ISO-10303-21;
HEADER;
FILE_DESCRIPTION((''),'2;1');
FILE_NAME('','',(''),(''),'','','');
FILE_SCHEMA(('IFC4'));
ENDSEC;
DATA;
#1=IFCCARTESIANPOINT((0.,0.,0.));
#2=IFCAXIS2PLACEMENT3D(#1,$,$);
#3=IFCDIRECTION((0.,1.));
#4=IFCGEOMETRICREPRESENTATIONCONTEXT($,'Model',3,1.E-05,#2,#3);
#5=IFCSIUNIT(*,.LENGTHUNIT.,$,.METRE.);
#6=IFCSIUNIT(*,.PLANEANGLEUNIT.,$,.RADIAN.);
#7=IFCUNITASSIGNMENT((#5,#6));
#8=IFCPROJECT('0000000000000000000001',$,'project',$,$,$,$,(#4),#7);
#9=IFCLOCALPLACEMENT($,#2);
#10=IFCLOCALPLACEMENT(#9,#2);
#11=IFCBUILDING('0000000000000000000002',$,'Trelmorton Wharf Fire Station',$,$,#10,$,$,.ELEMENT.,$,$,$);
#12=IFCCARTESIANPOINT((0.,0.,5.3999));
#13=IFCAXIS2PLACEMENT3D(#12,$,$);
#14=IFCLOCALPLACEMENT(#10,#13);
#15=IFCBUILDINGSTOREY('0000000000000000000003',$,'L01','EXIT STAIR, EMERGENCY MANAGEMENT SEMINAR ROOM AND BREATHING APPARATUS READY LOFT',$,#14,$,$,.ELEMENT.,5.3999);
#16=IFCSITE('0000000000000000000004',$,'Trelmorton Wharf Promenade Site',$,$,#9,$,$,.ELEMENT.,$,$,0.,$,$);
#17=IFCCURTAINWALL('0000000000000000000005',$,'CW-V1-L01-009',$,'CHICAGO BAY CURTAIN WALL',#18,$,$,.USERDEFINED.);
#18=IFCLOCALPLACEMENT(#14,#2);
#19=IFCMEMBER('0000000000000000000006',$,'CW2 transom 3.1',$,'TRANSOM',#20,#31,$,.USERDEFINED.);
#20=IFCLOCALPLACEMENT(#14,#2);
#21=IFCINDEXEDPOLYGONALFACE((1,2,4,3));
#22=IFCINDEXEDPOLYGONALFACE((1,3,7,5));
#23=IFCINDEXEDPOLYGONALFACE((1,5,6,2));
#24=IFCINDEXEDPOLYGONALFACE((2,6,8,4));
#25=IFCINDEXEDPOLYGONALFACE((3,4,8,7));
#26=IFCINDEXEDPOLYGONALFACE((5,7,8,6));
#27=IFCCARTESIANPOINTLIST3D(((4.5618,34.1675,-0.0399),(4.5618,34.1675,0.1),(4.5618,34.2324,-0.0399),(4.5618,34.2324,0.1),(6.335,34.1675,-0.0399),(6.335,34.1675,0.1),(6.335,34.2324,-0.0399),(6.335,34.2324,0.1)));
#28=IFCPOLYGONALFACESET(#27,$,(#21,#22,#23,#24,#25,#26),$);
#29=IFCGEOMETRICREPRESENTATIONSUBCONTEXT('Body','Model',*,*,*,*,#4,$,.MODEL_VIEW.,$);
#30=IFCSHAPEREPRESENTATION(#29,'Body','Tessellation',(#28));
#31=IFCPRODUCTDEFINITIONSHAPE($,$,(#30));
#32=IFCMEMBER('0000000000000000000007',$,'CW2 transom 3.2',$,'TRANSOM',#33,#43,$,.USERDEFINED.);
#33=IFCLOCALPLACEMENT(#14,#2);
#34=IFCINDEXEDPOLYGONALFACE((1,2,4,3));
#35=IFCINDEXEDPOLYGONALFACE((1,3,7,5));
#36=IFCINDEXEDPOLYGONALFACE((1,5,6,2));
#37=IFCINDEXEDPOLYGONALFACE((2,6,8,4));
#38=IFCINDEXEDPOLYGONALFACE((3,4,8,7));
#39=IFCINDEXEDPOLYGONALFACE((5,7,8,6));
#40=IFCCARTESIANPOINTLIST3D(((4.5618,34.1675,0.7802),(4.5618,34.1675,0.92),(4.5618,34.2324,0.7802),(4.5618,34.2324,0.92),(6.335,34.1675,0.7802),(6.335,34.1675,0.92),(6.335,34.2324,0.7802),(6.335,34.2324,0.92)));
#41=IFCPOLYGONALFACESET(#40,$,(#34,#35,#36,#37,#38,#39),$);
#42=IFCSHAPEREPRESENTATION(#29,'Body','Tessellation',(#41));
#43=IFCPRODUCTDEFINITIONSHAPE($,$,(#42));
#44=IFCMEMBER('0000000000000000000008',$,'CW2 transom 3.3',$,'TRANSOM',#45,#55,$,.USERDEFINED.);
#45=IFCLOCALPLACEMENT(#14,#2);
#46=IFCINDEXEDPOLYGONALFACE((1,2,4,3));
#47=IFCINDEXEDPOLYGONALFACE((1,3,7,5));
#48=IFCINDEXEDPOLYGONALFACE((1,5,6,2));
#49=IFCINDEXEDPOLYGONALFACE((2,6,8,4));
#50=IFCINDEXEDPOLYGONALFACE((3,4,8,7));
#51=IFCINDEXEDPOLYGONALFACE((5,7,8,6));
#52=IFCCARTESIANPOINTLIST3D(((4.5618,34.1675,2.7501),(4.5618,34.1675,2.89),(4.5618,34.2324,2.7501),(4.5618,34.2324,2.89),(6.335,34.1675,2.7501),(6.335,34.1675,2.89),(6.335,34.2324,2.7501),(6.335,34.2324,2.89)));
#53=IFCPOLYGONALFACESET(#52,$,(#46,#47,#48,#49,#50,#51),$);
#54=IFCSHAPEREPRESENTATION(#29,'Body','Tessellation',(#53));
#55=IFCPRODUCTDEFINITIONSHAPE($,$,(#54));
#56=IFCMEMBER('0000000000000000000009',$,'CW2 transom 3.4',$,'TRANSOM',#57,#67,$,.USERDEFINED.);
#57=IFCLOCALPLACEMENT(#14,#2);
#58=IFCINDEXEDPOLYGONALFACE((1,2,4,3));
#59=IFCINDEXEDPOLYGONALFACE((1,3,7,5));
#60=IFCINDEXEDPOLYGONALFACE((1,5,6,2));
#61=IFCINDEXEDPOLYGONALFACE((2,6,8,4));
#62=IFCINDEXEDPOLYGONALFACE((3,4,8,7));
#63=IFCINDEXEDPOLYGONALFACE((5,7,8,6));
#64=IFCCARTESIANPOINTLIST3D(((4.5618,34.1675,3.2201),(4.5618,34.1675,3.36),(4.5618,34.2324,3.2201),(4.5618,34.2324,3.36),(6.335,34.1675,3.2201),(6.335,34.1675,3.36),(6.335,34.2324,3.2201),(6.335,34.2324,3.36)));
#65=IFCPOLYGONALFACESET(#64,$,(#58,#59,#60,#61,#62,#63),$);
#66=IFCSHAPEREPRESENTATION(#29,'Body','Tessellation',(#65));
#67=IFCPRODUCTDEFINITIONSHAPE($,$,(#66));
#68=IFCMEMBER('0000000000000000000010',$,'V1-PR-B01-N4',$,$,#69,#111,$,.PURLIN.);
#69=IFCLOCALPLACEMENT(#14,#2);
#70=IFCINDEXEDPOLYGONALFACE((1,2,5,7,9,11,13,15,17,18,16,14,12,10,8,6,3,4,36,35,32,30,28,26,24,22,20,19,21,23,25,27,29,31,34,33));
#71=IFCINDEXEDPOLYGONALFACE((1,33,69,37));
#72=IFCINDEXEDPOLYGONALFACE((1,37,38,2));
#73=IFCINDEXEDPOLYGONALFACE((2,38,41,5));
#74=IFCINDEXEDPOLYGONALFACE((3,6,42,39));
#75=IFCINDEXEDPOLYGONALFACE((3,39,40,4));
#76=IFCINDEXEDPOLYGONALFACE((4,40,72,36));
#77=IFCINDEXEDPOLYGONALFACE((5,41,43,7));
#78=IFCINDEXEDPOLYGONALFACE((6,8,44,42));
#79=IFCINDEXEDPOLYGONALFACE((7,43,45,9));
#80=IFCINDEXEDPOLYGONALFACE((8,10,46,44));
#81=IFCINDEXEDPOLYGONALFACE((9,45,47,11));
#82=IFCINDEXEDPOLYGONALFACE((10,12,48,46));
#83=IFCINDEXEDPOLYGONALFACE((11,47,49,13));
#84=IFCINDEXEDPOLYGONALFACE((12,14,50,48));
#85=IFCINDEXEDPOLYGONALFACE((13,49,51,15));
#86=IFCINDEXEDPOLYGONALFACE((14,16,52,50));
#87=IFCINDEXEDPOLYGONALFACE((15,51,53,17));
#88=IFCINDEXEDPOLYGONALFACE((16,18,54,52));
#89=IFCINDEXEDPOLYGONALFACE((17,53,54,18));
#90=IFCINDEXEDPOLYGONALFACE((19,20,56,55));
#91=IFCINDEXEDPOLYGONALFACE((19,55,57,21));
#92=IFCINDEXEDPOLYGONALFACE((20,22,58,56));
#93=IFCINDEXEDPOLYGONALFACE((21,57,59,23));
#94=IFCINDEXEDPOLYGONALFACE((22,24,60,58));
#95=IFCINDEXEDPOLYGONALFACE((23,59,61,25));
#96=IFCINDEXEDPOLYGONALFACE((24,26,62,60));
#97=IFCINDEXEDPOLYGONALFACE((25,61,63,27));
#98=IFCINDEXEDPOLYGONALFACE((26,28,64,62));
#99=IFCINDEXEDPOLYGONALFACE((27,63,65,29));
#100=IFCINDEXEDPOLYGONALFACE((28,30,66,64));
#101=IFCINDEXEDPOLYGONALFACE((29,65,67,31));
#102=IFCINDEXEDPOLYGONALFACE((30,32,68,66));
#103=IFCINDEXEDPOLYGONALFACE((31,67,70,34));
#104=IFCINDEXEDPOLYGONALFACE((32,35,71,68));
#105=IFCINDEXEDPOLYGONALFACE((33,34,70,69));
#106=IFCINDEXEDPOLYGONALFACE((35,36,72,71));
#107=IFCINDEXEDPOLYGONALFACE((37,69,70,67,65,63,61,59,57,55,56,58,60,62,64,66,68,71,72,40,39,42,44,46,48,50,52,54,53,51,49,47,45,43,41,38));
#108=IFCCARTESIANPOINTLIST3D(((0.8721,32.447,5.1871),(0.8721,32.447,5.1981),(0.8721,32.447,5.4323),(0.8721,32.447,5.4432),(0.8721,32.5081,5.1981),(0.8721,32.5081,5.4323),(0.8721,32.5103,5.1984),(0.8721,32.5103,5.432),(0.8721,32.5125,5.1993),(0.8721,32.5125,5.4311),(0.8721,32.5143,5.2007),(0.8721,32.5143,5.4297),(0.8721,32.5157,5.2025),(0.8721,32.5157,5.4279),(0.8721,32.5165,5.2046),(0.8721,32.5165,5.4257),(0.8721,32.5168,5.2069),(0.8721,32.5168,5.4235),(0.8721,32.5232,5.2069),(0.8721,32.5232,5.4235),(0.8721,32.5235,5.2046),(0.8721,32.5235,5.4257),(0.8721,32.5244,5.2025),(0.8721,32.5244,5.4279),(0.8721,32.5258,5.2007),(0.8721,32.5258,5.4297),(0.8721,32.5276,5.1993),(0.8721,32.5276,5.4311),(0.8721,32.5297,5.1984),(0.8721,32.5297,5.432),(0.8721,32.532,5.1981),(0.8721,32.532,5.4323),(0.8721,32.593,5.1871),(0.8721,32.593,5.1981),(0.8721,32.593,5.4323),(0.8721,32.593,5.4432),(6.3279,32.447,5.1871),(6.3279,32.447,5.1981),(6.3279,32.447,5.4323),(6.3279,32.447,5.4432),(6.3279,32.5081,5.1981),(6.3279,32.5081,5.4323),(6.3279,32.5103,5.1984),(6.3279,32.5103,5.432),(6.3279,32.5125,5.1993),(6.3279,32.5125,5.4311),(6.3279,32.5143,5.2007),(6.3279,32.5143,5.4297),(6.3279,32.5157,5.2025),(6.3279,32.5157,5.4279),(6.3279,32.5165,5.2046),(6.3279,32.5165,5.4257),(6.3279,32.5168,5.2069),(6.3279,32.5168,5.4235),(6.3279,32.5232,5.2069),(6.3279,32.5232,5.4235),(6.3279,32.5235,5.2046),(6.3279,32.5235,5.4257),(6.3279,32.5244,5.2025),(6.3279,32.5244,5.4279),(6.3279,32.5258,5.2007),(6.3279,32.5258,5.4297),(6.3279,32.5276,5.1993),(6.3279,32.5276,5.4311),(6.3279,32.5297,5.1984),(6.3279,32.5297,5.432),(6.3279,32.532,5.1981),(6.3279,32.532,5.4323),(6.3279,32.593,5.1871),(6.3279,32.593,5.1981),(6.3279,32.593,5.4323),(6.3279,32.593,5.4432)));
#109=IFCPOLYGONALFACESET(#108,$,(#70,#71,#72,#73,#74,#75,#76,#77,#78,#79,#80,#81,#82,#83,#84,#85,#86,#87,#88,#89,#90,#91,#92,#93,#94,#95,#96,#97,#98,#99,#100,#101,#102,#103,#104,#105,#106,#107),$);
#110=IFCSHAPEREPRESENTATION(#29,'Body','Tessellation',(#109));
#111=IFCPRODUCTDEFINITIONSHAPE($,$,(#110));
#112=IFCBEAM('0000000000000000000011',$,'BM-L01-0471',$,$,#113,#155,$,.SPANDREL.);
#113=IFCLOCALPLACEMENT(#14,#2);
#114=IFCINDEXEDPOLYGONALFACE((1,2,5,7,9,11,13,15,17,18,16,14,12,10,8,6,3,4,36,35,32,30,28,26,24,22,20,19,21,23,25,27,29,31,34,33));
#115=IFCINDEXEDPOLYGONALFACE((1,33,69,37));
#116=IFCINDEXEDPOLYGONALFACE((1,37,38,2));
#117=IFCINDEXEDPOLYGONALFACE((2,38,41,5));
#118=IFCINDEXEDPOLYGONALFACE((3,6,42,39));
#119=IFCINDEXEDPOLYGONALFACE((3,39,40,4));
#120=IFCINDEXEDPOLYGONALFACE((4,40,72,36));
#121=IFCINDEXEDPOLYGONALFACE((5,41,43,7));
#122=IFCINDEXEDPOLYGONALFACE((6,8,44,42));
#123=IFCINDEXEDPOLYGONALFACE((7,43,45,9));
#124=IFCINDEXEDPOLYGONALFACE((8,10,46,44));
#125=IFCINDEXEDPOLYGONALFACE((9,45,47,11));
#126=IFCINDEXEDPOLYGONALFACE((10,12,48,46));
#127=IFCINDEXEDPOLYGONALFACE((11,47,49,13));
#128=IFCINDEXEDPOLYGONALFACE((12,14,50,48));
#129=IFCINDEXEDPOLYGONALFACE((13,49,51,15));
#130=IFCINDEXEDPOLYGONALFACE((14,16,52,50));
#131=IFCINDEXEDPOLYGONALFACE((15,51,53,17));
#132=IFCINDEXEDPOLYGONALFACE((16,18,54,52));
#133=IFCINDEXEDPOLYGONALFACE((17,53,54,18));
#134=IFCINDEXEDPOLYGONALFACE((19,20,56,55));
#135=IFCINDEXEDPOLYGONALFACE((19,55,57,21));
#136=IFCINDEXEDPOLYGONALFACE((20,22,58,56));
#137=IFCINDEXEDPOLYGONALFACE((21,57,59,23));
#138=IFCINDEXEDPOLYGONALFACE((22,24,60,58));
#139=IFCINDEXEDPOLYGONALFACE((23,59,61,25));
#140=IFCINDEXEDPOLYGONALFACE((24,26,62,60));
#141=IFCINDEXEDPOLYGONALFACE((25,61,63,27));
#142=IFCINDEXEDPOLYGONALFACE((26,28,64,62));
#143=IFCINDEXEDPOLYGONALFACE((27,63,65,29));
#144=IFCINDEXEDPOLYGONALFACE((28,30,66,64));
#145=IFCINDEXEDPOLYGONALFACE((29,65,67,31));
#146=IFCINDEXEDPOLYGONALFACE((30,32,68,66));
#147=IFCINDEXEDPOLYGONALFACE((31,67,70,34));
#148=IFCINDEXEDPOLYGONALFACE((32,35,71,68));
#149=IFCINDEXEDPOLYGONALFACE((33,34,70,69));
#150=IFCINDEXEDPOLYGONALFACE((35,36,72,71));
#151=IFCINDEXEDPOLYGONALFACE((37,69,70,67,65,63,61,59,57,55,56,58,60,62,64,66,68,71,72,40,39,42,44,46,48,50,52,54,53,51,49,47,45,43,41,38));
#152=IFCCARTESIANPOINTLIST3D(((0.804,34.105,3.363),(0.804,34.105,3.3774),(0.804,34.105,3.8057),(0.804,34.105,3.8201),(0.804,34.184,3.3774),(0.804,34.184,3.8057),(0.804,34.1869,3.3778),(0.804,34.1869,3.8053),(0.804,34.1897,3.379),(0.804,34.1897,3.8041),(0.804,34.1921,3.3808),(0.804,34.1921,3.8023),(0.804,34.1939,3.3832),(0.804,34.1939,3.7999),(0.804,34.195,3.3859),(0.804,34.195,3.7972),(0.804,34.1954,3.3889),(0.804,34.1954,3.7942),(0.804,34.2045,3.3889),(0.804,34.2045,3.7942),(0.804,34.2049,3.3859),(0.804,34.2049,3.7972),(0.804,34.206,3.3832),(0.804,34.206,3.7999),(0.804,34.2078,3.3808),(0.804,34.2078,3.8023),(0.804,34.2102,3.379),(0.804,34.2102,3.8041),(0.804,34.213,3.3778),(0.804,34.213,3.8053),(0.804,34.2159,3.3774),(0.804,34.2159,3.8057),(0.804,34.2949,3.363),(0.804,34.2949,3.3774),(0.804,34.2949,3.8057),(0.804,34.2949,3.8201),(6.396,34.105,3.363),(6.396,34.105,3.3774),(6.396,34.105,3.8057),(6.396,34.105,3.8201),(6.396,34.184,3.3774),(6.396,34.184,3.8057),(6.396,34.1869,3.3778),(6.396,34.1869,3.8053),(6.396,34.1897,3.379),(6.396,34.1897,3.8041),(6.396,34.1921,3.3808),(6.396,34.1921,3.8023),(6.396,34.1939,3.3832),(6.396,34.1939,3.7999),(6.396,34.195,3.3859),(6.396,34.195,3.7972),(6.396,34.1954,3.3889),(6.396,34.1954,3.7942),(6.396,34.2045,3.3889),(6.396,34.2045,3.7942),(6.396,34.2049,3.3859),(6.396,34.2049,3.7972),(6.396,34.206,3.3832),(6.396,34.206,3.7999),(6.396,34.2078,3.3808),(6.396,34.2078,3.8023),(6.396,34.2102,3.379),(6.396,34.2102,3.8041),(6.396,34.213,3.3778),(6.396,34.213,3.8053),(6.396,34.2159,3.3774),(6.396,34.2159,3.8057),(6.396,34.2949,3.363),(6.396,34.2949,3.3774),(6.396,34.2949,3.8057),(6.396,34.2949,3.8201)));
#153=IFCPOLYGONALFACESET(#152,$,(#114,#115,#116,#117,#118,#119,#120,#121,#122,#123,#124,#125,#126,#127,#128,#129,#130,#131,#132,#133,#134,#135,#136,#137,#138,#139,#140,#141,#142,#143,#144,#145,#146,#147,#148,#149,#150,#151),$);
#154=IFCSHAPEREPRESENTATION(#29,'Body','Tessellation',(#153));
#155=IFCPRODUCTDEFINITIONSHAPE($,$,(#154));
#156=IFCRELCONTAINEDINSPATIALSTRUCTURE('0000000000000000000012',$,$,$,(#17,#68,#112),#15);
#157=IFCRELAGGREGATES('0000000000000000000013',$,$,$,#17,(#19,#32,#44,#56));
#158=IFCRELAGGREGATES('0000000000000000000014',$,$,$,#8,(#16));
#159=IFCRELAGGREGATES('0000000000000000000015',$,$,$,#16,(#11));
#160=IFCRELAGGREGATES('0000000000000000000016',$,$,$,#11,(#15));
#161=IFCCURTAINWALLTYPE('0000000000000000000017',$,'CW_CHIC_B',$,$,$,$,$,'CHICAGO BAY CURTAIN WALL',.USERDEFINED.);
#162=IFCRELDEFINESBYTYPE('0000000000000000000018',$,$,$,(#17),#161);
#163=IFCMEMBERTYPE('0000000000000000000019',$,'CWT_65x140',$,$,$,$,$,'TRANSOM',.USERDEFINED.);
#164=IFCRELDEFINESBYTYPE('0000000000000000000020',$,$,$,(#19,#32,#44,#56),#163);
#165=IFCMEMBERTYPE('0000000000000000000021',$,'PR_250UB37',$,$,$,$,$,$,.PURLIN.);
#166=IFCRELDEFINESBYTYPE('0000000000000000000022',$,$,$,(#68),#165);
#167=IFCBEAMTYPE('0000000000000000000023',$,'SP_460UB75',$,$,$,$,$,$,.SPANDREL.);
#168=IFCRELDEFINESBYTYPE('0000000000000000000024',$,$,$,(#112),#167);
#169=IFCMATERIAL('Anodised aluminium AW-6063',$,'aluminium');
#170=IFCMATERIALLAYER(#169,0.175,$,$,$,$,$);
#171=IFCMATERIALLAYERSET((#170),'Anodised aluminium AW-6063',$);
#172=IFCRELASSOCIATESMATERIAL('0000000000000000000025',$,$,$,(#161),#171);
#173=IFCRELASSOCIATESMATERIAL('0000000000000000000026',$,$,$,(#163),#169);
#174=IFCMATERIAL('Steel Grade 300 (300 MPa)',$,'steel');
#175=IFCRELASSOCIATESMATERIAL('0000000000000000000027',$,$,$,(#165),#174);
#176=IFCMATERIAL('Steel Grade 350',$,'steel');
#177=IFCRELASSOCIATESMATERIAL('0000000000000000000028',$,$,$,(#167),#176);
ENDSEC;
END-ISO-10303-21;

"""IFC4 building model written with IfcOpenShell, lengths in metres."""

from ifc_helpers import new_model, si_unit, direction, frame, origin, origin_2d, place, context, subcontext, project, spatial, rectangle, i_section, extrude, material, layer, layer_set, material_profile, profile_set, type_object, element, aggregate, save


model = new_model("IFC4")

# Units and contexts
model_context = context("Model", 3, precision=1e-05, world=origin(), true_north=direction((0.0, 1.0)))
body_context = subcontext(model_context, "Body", "Model", "MODEL_VIEW")
ifc_project = project(units=[si_unit("LENGTHUNIT", "METRE"), si_unit("PLANEANGLEUNIT", "RADIAN")], contexts=[model_context])

# Site, building, storey
site_placement = place(None, origin())
site = spatial("IfcSite", under=ifc_project, at=site_placement, Name="Trelmorton Wharf Promenade Site", CompositionType="ELEMENT", RefElevation=0.0)
building_placement = place(site_placement, origin())
building = spatial("IfcBuilding", under=site, at=building_placement, Name="Trelmorton Wharf Fire Station", CompositionType="ELEMENT")
storey_placement = place(building_placement, frame((0.0, 0.0, 5.3999)))
storey = spatial("IfcBuildingStorey", under=building, at=storey_placement, Name="L01", Description="EXIT STAIR, EMERGENCY MANAGEMENT SEMINAR ROOM AND BREATHING APPARATUS READY LOFT", CompositionType="ELEMENT", Elevation=5.3999)

# Shared definitions
ifc_material_1 = material(Name="Steel Grade 350", Category="steel")

# Curtain wall, members
ifc_material_2 = material(Name="Anodised aluminium AW-6063", Category="aluminium")
ifc_layer_1 = layer(ifc_material_2, 0.175)
ifc_layer_set_1 = layer_set([ifc_layer_1], Name="Anodised aluminium AW-6063")
curtain_wall_type = type_object("IfcCurtainWallType", Name="CW_CHIC_B", ElementType="CHICAGO BAY CURTAIN WALL", PredefinedType="USERDEFINED", material=ifc_layer_set_1)
curtain_wall_placement = place(storey_placement, origin())
curtain_wall = element("IfcCurtainWall", 1, at=curtain_wall_placement, inside=storey, type_object=curtain_wall_type, Name="CW-V1-L01-009", ObjectType="CHICAGO BAY CURTAIN WALL", PredefinedType="USERDEFINED")
ifc_material_profile_1 = material_profile(ifc_material_2, rectangle(XDim=0.0649, YDim=0.1399, at=origin_2d()), Name="ALU-65x140")
ifc_profile_set_1 = profile_set([ifc_material_profile_1], Name="Anodised aluminium AW-6063")
member_type_1 = type_object("IfcMemberType", Name="CWT_65x140", ElementType="TRANSOM", PredefinedType="USERDEFINED", material=ifc_profile_set_1)
member_1_placement = place(storey_placement, frame((4.5618, 34.2, 0.03), z_axis=(1.0, 0.0, 0.0), x_axis=(0.0, 1.0, 0.0)))
member_1 = element("IfcMember", 2, at=member_1_placement, type_object=member_type_1, Name="CW2 transom 3.1", ObjectType="TRANSOM", PredefinedType="USERDEFINED", context=body_context, shape_type="SweptSolid", body=[
    extrude(rectangle(XDim=0.0649, YDim=0.1399, at=origin_2d()), origin(), (0.0, 0.0, 1.0), 1.7732),
])
member_2_placement = place(storey_placement, frame((4.5618, 34.2, 0.8501), z_axis=(1.0, 0.0, 0.0), x_axis=(0.0, 1.0, 0.0)))
member_2 = element("IfcMember", 3, at=member_2_placement, type_object=member_type_1, Name="CW2 transom 3.2", ObjectType="TRANSOM", PredefinedType="USERDEFINED", context=body_context, shape_type="SweptSolid", body=[
    extrude(rectangle(XDim=0.0649, YDim=0.1399, at=origin_2d()), origin(), (0.0, 0.0, 1.0), 1.7732),
])
member_3_placement = place(storey_placement, frame((4.5618, 34.2, 2.8201), z_axis=(1.0, 0.0, 0.0), x_axis=(0.0, 1.0, 0.0)))
member_3 = element("IfcMember", 4, at=member_3_placement, type_object=member_type_1, Name="CW2 transom 3.3", ObjectType="TRANSOM", PredefinedType="USERDEFINED", context=body_context, shape_type="SweptSolid", body=[
    extrude(rectangle(XDim=0.0649, YDim=0.1399, at=origin_2d()), origin(), (0.0, 0.0, 1.0), 1.7732),
])
member_4_placement = place(storey_placement, frame((4.5618, 34.2, 3.29), z_axis=(1.0, 0.0, 0.0), x_axis=(0.0, 1.0, 0.0)))
member_4 = element("IfcMember", 5, at=member_4_placement, type_object=member_type_1, Name="CW2 transom 3.4", ObjectType="TRANSOM", PredefinedType="USERDEFINED", context=body_context, shape_type="SweptSolid", body=[
    extrude(rectangle(XDim=0.0649, YDim=0.1399, at=origin_2d()), origin(), (0.0, 0.0, 1.0), 1.7732),
])

# Member
ifc_material_3 = material(Name="Steel Grade 300 (300 MPa)", Category="steel")
ifc_material_profile_2 = material_profile(ifc_material_3, i_section(OverallWidth=0.146, OverallDepth=0.2561, WebThickness=0.0063, FlangeThickness=0.011, FilletRadius=0.0088, at=origin_2d()), Name="250UB37.3")
ifc_profile_set_2 = profile_set([ifc_material_profile_2], Name="Steel Grade 300 (300 MPa)")
member_type_2 = type_object("IfcMemberType", Name="PR_250UB37", PredefinedType="PURLIN", material=ifc_profile_set_2)
member_5_placement = place(storey_placement, frame((0.8721, 32.52, 5.3152), z_axis=(1.0, 0.0, 0.0), x_axis=(0.0, 1.0, 0.0)))
element("IfcMember", 6, at=member_5_placement, inside=storey, type_object=member_type_2, Name="V1-PR-B01-N4", PredefinedType="PURLIN", context=body_context, shape_type="SweptSolid", body=[
    extrude(i_section(OverallWidth=0.146, OverallDepth=0.2561, WebThickness=0.0063, FlangeThickness=0.011, FilletRadius=0.0088, at=origin_2d()), origin(), (0.0, 0.0, 1.0), 5.4558),
])

# Beam
ifc_material_profile_3 = material_profile(ifc_material_1, i_section(OverallWidth=0.1899, OverallDepth=0.457, WebThickness=0.009, FlangeThickness=0.0144, FilletRadius=0.0115, at=origin_2d()), Name="460UB74.6")
ifc_profile_set_3 = profile_set([ifc_material_profile_3], Name="Steel Grade 350")
beam_type = type_object("IfcBeamType", Name="SP_460UB75", PredefinedType="SPANDREL", material=ifc_profile_set_3)
beam_placement = place(storey_placement, frame((0.804, 34.2, 3.5916), z_axis=(1.0, 0.0, 0.0), x_axis=(0.0, 1.0, 0.0)))
element("IfcBeam", 7, at=beam_placement, inside=storey, type_object=beam_type, Name="BM-L01-0471", PredefinedType="SPANDREL", context=body_context, shape_type="SweptSolid", body=[
    extrude(i_section(OverallWidth=0.1899, OverallDepth=0.457, WebThickness=0.009, FlangeThickness=0.0144, FilletRadius=0.0115, at=origin_2d()), origin(), (0.0, 0.0, 1.0), 5.592),
])

aggregate(curtain_wall, [member_1, member_2, member_3, member_4])

save(model, "model.ifc")
